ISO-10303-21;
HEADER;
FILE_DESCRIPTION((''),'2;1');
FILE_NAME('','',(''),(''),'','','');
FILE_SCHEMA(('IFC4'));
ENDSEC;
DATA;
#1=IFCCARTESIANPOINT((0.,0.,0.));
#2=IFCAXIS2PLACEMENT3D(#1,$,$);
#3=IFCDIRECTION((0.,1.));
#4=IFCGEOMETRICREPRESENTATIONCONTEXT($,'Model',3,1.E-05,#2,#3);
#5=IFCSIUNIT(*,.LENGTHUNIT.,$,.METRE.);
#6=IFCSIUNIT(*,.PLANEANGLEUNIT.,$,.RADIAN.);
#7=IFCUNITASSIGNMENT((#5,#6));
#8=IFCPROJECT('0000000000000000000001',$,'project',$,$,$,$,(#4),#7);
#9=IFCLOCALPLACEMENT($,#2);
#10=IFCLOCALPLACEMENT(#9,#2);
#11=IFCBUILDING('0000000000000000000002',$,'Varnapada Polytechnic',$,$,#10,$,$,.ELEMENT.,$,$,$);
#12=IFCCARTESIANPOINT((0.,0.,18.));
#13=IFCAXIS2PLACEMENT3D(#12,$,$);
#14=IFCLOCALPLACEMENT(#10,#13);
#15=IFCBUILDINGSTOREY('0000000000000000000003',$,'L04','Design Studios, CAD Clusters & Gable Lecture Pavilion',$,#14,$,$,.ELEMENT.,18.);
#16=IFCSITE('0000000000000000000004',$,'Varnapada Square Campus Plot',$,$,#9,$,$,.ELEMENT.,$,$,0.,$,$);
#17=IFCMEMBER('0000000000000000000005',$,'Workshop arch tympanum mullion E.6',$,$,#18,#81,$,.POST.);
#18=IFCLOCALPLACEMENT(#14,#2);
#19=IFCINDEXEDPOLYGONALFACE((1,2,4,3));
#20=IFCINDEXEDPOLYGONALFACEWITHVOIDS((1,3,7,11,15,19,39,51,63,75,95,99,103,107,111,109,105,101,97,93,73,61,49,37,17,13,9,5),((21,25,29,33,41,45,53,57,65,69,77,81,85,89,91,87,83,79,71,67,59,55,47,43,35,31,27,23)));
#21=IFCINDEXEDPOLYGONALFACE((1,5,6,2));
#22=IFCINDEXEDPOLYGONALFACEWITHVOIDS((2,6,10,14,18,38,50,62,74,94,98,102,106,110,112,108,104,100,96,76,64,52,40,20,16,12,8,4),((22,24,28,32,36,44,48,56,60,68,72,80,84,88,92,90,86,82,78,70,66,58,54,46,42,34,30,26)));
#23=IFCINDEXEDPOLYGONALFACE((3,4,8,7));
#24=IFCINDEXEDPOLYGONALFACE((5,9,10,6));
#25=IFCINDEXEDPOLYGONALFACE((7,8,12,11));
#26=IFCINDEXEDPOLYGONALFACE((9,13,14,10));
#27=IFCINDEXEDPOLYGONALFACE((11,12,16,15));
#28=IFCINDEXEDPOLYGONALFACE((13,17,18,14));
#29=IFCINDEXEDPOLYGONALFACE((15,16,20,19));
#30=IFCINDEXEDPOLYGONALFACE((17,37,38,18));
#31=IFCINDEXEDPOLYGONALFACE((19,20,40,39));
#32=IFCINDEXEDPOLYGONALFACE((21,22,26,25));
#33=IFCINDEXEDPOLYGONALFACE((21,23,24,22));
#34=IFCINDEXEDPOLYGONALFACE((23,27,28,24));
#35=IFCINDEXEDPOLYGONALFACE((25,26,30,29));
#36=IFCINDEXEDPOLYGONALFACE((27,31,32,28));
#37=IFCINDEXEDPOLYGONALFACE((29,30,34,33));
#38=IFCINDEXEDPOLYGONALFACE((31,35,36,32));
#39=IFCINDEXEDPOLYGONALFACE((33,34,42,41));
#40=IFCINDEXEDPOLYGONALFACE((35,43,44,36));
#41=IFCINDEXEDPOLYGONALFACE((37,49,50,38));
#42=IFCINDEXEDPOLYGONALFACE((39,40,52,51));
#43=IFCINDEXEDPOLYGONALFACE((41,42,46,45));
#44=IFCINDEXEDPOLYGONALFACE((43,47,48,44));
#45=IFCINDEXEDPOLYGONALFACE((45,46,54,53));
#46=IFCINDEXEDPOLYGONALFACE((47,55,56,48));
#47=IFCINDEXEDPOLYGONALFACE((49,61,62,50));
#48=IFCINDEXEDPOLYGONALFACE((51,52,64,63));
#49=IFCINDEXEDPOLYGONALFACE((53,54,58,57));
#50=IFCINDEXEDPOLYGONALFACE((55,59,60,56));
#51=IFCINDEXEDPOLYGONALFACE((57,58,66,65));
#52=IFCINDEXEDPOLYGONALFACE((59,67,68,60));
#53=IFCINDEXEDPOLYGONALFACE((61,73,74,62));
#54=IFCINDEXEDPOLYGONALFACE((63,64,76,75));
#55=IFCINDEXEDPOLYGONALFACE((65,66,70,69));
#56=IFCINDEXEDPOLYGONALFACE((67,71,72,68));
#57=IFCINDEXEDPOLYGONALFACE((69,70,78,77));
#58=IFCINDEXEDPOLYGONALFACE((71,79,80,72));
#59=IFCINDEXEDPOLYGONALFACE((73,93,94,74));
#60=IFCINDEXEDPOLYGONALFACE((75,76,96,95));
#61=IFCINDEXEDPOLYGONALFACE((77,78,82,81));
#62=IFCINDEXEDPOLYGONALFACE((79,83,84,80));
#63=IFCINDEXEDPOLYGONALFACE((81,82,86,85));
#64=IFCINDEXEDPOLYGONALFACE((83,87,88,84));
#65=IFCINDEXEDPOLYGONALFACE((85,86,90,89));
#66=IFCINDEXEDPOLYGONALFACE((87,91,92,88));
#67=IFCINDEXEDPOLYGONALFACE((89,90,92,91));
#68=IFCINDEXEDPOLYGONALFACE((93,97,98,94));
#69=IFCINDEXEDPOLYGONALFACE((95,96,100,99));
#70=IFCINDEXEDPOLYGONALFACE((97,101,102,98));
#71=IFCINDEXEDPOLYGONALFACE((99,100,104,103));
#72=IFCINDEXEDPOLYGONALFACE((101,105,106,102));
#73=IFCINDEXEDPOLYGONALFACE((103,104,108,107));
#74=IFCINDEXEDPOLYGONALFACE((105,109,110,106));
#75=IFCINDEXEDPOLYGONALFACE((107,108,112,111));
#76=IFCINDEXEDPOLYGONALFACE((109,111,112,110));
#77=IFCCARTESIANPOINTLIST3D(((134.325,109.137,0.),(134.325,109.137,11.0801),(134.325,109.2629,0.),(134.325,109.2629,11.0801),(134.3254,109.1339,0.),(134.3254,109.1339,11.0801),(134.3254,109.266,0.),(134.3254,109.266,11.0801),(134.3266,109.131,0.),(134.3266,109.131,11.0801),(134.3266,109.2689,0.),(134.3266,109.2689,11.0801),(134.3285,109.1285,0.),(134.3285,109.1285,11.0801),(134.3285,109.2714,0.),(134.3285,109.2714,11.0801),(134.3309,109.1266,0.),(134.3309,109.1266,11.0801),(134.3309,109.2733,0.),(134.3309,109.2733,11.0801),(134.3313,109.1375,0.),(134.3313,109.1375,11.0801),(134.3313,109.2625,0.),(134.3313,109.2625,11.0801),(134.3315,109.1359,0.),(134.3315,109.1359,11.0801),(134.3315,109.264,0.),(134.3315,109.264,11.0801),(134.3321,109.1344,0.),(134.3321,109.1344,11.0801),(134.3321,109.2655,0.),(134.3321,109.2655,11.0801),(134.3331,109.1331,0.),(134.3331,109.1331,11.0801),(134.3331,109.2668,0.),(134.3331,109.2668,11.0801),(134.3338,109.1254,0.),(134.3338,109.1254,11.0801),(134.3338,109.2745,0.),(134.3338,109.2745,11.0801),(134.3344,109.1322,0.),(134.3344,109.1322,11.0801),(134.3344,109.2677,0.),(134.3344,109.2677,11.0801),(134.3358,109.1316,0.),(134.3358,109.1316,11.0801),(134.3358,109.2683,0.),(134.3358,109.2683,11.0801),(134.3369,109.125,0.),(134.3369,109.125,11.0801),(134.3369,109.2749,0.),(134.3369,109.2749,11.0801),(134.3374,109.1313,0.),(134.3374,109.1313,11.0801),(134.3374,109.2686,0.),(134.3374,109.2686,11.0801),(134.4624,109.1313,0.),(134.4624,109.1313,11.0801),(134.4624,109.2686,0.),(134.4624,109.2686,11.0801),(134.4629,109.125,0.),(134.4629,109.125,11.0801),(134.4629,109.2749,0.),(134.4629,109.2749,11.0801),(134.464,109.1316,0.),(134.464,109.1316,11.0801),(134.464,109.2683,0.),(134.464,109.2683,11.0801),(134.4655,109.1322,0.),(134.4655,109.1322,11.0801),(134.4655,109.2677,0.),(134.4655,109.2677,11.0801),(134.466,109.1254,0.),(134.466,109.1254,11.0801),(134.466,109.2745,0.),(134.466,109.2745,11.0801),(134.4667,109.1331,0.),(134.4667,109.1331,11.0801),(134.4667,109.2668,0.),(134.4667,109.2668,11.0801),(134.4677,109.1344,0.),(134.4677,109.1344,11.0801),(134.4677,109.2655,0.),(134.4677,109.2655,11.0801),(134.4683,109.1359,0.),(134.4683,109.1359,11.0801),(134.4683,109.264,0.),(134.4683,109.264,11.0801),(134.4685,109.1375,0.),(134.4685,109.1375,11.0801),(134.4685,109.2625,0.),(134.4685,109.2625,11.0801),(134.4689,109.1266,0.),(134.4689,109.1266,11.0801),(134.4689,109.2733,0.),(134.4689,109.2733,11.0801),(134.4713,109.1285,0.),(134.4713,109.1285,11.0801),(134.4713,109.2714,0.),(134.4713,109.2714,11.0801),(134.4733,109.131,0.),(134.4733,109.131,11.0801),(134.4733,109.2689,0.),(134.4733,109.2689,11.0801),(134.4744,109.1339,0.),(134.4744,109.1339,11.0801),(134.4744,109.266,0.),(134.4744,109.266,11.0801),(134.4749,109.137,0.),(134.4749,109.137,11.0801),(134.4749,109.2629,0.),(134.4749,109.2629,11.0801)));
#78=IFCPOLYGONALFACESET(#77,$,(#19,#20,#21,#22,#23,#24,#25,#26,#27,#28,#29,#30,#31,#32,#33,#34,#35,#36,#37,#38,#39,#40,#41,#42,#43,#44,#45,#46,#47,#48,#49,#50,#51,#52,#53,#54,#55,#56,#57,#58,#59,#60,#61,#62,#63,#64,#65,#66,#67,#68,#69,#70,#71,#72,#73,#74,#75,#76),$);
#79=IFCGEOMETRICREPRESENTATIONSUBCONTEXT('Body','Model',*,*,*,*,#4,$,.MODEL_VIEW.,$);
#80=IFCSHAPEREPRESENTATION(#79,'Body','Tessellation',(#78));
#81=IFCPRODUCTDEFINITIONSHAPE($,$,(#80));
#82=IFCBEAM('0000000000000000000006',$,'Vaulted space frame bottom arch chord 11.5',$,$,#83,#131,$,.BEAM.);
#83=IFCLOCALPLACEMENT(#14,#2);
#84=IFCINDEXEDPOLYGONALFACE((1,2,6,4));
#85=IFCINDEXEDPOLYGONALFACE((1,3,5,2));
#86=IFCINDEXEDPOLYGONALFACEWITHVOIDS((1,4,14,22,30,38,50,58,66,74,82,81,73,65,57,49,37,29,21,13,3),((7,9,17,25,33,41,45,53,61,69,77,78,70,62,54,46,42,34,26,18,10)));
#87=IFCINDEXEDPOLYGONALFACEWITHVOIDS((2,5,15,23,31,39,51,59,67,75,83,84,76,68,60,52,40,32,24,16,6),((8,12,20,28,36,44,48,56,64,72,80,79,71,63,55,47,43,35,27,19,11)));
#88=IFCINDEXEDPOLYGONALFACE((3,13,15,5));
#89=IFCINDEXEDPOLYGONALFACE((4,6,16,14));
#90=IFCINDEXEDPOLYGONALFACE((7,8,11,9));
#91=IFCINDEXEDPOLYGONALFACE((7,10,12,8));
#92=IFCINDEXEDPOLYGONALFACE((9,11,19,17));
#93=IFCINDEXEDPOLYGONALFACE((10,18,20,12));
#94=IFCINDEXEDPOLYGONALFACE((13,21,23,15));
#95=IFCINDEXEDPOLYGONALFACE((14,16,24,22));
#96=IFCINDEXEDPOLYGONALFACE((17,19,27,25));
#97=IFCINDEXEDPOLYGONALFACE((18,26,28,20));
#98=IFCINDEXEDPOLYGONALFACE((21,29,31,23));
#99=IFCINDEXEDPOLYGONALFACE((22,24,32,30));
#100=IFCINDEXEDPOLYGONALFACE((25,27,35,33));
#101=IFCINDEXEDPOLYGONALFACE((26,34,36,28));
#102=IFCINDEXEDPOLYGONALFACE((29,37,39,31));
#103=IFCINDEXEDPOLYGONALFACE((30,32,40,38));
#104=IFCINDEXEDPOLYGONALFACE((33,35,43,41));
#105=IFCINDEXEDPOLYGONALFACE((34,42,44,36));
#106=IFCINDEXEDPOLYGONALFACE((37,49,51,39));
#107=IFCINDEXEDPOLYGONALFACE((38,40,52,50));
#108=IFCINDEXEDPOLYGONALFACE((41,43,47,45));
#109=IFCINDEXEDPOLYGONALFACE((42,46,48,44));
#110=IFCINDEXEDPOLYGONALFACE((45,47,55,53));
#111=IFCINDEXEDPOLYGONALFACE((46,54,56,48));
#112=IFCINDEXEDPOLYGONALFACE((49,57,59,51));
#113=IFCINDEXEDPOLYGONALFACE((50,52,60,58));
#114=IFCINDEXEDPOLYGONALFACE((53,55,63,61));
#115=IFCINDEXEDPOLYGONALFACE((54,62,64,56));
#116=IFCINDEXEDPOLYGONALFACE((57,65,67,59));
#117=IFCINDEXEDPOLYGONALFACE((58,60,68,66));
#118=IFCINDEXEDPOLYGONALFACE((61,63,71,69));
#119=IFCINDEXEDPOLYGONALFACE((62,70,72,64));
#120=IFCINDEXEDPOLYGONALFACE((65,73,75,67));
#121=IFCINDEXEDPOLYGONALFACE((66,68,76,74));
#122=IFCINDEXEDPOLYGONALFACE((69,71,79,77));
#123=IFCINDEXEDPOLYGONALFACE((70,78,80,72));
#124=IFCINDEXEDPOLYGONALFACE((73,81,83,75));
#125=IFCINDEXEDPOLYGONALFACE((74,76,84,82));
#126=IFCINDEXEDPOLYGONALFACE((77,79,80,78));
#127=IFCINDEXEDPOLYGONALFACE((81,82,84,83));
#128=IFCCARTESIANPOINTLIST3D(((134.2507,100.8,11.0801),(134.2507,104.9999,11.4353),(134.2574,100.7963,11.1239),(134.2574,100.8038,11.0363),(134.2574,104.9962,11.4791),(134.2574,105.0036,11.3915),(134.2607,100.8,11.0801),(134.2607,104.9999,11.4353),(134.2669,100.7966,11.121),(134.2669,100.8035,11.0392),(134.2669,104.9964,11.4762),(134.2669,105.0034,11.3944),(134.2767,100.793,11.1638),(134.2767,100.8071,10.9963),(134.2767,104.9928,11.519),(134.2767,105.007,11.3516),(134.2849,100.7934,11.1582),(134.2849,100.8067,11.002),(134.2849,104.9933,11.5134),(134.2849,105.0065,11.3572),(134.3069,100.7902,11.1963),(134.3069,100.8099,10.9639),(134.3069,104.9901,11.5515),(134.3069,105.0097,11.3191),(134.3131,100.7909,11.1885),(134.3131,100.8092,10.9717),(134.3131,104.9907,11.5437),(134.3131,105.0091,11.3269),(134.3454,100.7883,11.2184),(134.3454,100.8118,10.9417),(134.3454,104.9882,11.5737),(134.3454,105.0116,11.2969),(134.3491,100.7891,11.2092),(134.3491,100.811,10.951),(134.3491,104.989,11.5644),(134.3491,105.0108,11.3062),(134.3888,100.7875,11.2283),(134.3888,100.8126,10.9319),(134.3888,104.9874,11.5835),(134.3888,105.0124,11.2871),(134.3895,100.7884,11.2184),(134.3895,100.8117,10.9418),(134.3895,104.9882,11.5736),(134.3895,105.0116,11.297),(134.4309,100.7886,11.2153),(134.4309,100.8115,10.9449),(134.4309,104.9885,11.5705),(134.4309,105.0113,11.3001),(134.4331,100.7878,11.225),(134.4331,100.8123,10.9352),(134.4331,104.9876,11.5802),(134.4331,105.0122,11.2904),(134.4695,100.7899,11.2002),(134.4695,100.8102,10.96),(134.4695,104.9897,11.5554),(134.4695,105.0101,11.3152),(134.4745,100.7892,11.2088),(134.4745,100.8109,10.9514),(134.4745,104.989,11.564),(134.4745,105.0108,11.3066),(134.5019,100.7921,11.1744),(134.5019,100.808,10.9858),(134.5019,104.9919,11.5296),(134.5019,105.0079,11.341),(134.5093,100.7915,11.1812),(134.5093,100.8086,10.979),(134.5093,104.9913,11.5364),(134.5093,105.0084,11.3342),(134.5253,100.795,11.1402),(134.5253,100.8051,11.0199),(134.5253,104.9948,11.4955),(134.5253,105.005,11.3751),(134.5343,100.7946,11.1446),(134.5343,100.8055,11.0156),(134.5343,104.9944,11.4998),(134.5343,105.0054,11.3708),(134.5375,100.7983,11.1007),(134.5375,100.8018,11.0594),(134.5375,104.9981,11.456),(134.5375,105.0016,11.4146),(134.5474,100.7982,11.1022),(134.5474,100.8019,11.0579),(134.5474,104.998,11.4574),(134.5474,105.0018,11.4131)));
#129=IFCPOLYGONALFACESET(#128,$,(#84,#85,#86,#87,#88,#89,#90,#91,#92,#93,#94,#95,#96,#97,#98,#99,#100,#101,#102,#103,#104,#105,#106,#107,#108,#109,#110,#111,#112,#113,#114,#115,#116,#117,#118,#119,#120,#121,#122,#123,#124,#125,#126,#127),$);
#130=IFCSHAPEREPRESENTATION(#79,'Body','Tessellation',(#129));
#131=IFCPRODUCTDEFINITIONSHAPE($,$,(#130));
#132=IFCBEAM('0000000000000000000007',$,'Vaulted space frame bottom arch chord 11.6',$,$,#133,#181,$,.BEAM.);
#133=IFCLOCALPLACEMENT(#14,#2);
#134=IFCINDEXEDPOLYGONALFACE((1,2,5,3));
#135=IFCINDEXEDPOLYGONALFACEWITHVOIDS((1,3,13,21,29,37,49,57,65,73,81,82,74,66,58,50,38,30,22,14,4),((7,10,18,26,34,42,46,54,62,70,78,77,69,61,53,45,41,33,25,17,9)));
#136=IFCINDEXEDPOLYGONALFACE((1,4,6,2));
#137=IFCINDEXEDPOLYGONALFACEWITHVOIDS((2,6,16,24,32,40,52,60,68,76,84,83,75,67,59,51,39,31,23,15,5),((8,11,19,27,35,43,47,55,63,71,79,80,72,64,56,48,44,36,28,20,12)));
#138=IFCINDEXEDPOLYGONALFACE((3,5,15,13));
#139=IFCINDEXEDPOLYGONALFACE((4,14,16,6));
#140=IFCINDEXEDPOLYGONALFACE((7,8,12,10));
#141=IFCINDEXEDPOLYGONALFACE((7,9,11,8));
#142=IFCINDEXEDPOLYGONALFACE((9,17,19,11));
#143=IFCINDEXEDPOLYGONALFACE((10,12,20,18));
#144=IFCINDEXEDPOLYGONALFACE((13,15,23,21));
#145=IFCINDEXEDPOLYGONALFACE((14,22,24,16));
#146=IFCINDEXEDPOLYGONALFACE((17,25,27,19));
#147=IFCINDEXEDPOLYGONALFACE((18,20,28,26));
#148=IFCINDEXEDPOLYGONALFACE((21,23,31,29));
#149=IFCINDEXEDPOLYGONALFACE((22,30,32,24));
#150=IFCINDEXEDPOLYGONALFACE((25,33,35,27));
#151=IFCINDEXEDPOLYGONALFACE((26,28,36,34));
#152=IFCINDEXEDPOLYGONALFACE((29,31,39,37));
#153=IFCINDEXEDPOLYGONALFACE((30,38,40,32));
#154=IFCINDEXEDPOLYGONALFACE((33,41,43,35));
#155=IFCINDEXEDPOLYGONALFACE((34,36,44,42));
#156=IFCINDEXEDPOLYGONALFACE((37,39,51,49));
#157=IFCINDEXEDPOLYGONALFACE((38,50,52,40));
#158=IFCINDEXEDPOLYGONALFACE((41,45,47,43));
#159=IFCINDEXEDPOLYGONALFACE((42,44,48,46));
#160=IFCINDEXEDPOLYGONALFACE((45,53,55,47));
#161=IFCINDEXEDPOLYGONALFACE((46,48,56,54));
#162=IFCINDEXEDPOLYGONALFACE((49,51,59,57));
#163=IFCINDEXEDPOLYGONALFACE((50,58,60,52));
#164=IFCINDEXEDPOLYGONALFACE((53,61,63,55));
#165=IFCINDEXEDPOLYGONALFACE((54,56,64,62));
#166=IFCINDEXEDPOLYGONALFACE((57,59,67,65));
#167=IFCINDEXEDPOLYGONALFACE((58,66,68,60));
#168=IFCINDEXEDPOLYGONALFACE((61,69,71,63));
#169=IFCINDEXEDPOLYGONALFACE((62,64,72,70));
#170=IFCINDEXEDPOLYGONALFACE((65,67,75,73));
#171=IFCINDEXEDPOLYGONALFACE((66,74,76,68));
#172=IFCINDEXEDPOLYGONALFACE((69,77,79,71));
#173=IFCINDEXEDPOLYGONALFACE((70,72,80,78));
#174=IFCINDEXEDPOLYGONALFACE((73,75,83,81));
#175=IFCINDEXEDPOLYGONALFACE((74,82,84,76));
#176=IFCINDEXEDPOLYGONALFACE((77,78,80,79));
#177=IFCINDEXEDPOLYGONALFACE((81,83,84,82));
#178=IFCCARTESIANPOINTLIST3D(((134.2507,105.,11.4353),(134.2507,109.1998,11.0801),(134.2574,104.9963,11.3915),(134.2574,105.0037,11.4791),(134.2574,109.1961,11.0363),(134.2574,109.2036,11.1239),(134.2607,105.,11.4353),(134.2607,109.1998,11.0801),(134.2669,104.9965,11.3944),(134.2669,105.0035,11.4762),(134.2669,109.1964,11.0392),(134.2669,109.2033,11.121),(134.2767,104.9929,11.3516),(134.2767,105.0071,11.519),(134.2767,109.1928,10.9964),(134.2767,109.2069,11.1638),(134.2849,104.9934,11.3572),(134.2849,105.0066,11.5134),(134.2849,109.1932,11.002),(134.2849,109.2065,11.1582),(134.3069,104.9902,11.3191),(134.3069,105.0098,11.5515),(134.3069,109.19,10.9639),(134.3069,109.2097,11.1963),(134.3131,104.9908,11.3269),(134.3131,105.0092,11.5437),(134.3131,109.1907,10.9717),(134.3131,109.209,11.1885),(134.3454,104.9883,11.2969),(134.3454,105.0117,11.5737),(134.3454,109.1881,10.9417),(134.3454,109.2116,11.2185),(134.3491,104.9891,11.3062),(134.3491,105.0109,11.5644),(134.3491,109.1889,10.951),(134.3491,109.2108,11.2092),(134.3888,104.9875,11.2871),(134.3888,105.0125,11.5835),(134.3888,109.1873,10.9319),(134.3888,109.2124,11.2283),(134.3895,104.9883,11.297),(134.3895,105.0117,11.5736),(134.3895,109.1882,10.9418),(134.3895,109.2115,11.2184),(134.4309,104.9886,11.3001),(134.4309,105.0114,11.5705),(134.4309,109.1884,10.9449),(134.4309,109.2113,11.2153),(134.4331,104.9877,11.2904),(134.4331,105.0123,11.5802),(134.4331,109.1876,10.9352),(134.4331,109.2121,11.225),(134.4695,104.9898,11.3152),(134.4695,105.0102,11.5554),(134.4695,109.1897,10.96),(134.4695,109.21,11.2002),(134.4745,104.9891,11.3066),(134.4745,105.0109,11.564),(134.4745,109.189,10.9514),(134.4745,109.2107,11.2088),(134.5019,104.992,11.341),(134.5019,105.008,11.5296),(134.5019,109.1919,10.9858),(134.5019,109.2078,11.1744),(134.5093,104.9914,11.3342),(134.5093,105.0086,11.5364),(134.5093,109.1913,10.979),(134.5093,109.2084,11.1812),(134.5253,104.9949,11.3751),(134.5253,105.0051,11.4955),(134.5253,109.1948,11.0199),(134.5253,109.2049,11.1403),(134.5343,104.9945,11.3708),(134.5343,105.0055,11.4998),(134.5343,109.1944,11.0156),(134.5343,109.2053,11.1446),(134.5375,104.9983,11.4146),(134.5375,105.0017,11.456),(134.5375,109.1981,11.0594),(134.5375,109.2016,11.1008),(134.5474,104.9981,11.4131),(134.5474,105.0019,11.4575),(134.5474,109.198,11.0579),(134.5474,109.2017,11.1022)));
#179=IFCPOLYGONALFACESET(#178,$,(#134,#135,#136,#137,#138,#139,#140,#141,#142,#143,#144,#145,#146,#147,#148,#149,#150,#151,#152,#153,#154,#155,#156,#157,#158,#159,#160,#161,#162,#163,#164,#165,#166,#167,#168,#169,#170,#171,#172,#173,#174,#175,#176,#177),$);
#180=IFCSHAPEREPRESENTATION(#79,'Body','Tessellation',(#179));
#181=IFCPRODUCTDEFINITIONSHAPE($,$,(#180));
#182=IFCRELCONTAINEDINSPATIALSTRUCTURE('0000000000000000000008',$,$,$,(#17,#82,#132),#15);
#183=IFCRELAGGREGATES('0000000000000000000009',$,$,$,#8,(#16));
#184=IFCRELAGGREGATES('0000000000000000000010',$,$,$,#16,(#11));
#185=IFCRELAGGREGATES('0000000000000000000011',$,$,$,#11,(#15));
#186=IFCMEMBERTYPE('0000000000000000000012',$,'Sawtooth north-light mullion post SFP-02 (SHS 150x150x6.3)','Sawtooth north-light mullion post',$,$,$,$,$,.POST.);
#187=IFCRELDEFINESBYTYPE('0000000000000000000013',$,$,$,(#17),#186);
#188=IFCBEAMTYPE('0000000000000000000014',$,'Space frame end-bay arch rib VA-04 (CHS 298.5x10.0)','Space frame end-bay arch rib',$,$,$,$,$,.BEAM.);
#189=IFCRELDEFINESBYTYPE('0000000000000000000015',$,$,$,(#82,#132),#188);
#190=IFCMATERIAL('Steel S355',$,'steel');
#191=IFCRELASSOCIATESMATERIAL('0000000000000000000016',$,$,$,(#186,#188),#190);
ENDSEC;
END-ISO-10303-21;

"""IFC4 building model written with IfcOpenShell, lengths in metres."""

from ifc_helpers import new_model, si_unit, direction, frame, origin, origin_2d, place, context, subcontext, project, spatial, hollow_rectangle, hollow_circle, extrude, material, material_profile, profile_set, type_object, element, save


model = new_model("IFC4")

# Units and contexts
model_context = context("Model", 3, precision=1e-05, world=origin(), true_north=direction((0.0, 1.0)))
body_context = subcontext(model_context, "Body", "Model", "MODEL_VIEW")
ifc_project = project(units=[si_unit("LENGTHUNIT", "METRE"), si_unit("PLANEANGLEUNIT", "RADIAN")], contexts=[model_context])

# Site, building, storey
site_placement = place(None, origin())
site = spatial("IfcSite", under=ifc_project, at=site_placement, Name="Varnapada Square Campus Plot", CompositionType="ELEMENT", RefElevation=0.0)
building_placement = place(site_placement, origin())
building = spatial("IfcBuilding", under=site, at=building_placement, Name="Varnapada Polytechnic", CompositionType="ELEMENT")
storey_placement = place(building_placement, frame((0.0, 0.0, 18.0)))
storey = spatial("IfcBuildingStorey", under=building, at=storey_placement, Name="L04", Description="Design Studios, CAD Clusters & Gable Lecture Pavilion", CompositionType="ELEMENT", Elevation=18.0)

# Member
ifc_material = material(Name="Steel S355", Category="steel")
ifc_material_profile_1 = material_profile(ifc_material, hollow_rectangle(XDim=0.1499, YDim=0.1499, WallThickness=0.0063, InnerFilletRadius=0.0061, OuterFilletRadius=0.012, at=origin_2d()), Name="SHS 150x150x6.3")
ifc_profile_set_1 = profile_set([ifc_material_profile_1], Name="Steel S355")
member_type_1 = type_object("IfcMemberType", Name="Sawtooth north-light mullion post SFP-02 (SHS 150x150x6.3)", Description="Sawtooth north-light mullion post", PredefinedType="POST", material=ifc_profile_set_1)
member_1_placement = place(storey_placement, frame((134.3999, 109.2, 0.0), z_axis=(0.0, 0.0, 1.0), x_axis=(1.0, 0.0, 0.0)))
element("IfcMember", 1, at=member_1_placement, inside=storey, type_object=member_type_1, Name="Workshop arch tympanum mullion E.6", PredefinedType="POST", context=body_context, shape_type="SweptSolid", body=[
    extrude(hollow_rectangle(XDim=0.1499, YDim=0.1499, WallThickness=0.0063, InnerFilletRadius=0.0061, OuterFilletRadius=0.012, at=origin_2d()), origin(), (0.0, 0.0, 1.0), 11.0801),
])

# Beams
ifc_material_profile_2 = material_profile(ifc_material, hollow_circle(Radius=0.1492, WallThickness=0.01, at=origin_2d()), Name="CHS 298.5x10.0")
ifc_profile_set_2 = profile_set([ifc_material_profile_2], Name="Steel S355")
beam_type_1 = type_object("IfcBeamType", Name="Space frame end-bay arch rib VA-04 (CHS 298.5x10.0)", Description="Space frame end-bay arch rib", PredefinedType="BEAM", material=ifc_profile_set_2)
for number, where, z_axis, x_axis, name in (
    (2, (134.3999, 100.8, 11.0801), (0.0, 0.996442, 0.084277), (-1.0, 0.0, 0.0), "Vaulted space frame bottom arch chord 11.5"),
    (3, (134.3999, 105.0, 11.4353), (0.0, 0.996442, -0.084277), (-1.0, 0.0, 0.0), "Vaulted space frame bottom arch chord 11.6"),
):
    element("IfcBeam", number, at=place(storey_placement, frame(where, z_axis=z_axis, x_axis=x_axis)), inside=storey, type_object=beam_type_1, Name=name, PredefinedType="BEAM", context=body_context, shape_type="SweptSolid", body=[
        extrude(hollow_circle(Radius=0.1492, WallThickness=0.01, at=origin_2d()), origin(), (0.0, 0.0, 1.0), 4.2148),
    ])

save(model, "model.ifc")
